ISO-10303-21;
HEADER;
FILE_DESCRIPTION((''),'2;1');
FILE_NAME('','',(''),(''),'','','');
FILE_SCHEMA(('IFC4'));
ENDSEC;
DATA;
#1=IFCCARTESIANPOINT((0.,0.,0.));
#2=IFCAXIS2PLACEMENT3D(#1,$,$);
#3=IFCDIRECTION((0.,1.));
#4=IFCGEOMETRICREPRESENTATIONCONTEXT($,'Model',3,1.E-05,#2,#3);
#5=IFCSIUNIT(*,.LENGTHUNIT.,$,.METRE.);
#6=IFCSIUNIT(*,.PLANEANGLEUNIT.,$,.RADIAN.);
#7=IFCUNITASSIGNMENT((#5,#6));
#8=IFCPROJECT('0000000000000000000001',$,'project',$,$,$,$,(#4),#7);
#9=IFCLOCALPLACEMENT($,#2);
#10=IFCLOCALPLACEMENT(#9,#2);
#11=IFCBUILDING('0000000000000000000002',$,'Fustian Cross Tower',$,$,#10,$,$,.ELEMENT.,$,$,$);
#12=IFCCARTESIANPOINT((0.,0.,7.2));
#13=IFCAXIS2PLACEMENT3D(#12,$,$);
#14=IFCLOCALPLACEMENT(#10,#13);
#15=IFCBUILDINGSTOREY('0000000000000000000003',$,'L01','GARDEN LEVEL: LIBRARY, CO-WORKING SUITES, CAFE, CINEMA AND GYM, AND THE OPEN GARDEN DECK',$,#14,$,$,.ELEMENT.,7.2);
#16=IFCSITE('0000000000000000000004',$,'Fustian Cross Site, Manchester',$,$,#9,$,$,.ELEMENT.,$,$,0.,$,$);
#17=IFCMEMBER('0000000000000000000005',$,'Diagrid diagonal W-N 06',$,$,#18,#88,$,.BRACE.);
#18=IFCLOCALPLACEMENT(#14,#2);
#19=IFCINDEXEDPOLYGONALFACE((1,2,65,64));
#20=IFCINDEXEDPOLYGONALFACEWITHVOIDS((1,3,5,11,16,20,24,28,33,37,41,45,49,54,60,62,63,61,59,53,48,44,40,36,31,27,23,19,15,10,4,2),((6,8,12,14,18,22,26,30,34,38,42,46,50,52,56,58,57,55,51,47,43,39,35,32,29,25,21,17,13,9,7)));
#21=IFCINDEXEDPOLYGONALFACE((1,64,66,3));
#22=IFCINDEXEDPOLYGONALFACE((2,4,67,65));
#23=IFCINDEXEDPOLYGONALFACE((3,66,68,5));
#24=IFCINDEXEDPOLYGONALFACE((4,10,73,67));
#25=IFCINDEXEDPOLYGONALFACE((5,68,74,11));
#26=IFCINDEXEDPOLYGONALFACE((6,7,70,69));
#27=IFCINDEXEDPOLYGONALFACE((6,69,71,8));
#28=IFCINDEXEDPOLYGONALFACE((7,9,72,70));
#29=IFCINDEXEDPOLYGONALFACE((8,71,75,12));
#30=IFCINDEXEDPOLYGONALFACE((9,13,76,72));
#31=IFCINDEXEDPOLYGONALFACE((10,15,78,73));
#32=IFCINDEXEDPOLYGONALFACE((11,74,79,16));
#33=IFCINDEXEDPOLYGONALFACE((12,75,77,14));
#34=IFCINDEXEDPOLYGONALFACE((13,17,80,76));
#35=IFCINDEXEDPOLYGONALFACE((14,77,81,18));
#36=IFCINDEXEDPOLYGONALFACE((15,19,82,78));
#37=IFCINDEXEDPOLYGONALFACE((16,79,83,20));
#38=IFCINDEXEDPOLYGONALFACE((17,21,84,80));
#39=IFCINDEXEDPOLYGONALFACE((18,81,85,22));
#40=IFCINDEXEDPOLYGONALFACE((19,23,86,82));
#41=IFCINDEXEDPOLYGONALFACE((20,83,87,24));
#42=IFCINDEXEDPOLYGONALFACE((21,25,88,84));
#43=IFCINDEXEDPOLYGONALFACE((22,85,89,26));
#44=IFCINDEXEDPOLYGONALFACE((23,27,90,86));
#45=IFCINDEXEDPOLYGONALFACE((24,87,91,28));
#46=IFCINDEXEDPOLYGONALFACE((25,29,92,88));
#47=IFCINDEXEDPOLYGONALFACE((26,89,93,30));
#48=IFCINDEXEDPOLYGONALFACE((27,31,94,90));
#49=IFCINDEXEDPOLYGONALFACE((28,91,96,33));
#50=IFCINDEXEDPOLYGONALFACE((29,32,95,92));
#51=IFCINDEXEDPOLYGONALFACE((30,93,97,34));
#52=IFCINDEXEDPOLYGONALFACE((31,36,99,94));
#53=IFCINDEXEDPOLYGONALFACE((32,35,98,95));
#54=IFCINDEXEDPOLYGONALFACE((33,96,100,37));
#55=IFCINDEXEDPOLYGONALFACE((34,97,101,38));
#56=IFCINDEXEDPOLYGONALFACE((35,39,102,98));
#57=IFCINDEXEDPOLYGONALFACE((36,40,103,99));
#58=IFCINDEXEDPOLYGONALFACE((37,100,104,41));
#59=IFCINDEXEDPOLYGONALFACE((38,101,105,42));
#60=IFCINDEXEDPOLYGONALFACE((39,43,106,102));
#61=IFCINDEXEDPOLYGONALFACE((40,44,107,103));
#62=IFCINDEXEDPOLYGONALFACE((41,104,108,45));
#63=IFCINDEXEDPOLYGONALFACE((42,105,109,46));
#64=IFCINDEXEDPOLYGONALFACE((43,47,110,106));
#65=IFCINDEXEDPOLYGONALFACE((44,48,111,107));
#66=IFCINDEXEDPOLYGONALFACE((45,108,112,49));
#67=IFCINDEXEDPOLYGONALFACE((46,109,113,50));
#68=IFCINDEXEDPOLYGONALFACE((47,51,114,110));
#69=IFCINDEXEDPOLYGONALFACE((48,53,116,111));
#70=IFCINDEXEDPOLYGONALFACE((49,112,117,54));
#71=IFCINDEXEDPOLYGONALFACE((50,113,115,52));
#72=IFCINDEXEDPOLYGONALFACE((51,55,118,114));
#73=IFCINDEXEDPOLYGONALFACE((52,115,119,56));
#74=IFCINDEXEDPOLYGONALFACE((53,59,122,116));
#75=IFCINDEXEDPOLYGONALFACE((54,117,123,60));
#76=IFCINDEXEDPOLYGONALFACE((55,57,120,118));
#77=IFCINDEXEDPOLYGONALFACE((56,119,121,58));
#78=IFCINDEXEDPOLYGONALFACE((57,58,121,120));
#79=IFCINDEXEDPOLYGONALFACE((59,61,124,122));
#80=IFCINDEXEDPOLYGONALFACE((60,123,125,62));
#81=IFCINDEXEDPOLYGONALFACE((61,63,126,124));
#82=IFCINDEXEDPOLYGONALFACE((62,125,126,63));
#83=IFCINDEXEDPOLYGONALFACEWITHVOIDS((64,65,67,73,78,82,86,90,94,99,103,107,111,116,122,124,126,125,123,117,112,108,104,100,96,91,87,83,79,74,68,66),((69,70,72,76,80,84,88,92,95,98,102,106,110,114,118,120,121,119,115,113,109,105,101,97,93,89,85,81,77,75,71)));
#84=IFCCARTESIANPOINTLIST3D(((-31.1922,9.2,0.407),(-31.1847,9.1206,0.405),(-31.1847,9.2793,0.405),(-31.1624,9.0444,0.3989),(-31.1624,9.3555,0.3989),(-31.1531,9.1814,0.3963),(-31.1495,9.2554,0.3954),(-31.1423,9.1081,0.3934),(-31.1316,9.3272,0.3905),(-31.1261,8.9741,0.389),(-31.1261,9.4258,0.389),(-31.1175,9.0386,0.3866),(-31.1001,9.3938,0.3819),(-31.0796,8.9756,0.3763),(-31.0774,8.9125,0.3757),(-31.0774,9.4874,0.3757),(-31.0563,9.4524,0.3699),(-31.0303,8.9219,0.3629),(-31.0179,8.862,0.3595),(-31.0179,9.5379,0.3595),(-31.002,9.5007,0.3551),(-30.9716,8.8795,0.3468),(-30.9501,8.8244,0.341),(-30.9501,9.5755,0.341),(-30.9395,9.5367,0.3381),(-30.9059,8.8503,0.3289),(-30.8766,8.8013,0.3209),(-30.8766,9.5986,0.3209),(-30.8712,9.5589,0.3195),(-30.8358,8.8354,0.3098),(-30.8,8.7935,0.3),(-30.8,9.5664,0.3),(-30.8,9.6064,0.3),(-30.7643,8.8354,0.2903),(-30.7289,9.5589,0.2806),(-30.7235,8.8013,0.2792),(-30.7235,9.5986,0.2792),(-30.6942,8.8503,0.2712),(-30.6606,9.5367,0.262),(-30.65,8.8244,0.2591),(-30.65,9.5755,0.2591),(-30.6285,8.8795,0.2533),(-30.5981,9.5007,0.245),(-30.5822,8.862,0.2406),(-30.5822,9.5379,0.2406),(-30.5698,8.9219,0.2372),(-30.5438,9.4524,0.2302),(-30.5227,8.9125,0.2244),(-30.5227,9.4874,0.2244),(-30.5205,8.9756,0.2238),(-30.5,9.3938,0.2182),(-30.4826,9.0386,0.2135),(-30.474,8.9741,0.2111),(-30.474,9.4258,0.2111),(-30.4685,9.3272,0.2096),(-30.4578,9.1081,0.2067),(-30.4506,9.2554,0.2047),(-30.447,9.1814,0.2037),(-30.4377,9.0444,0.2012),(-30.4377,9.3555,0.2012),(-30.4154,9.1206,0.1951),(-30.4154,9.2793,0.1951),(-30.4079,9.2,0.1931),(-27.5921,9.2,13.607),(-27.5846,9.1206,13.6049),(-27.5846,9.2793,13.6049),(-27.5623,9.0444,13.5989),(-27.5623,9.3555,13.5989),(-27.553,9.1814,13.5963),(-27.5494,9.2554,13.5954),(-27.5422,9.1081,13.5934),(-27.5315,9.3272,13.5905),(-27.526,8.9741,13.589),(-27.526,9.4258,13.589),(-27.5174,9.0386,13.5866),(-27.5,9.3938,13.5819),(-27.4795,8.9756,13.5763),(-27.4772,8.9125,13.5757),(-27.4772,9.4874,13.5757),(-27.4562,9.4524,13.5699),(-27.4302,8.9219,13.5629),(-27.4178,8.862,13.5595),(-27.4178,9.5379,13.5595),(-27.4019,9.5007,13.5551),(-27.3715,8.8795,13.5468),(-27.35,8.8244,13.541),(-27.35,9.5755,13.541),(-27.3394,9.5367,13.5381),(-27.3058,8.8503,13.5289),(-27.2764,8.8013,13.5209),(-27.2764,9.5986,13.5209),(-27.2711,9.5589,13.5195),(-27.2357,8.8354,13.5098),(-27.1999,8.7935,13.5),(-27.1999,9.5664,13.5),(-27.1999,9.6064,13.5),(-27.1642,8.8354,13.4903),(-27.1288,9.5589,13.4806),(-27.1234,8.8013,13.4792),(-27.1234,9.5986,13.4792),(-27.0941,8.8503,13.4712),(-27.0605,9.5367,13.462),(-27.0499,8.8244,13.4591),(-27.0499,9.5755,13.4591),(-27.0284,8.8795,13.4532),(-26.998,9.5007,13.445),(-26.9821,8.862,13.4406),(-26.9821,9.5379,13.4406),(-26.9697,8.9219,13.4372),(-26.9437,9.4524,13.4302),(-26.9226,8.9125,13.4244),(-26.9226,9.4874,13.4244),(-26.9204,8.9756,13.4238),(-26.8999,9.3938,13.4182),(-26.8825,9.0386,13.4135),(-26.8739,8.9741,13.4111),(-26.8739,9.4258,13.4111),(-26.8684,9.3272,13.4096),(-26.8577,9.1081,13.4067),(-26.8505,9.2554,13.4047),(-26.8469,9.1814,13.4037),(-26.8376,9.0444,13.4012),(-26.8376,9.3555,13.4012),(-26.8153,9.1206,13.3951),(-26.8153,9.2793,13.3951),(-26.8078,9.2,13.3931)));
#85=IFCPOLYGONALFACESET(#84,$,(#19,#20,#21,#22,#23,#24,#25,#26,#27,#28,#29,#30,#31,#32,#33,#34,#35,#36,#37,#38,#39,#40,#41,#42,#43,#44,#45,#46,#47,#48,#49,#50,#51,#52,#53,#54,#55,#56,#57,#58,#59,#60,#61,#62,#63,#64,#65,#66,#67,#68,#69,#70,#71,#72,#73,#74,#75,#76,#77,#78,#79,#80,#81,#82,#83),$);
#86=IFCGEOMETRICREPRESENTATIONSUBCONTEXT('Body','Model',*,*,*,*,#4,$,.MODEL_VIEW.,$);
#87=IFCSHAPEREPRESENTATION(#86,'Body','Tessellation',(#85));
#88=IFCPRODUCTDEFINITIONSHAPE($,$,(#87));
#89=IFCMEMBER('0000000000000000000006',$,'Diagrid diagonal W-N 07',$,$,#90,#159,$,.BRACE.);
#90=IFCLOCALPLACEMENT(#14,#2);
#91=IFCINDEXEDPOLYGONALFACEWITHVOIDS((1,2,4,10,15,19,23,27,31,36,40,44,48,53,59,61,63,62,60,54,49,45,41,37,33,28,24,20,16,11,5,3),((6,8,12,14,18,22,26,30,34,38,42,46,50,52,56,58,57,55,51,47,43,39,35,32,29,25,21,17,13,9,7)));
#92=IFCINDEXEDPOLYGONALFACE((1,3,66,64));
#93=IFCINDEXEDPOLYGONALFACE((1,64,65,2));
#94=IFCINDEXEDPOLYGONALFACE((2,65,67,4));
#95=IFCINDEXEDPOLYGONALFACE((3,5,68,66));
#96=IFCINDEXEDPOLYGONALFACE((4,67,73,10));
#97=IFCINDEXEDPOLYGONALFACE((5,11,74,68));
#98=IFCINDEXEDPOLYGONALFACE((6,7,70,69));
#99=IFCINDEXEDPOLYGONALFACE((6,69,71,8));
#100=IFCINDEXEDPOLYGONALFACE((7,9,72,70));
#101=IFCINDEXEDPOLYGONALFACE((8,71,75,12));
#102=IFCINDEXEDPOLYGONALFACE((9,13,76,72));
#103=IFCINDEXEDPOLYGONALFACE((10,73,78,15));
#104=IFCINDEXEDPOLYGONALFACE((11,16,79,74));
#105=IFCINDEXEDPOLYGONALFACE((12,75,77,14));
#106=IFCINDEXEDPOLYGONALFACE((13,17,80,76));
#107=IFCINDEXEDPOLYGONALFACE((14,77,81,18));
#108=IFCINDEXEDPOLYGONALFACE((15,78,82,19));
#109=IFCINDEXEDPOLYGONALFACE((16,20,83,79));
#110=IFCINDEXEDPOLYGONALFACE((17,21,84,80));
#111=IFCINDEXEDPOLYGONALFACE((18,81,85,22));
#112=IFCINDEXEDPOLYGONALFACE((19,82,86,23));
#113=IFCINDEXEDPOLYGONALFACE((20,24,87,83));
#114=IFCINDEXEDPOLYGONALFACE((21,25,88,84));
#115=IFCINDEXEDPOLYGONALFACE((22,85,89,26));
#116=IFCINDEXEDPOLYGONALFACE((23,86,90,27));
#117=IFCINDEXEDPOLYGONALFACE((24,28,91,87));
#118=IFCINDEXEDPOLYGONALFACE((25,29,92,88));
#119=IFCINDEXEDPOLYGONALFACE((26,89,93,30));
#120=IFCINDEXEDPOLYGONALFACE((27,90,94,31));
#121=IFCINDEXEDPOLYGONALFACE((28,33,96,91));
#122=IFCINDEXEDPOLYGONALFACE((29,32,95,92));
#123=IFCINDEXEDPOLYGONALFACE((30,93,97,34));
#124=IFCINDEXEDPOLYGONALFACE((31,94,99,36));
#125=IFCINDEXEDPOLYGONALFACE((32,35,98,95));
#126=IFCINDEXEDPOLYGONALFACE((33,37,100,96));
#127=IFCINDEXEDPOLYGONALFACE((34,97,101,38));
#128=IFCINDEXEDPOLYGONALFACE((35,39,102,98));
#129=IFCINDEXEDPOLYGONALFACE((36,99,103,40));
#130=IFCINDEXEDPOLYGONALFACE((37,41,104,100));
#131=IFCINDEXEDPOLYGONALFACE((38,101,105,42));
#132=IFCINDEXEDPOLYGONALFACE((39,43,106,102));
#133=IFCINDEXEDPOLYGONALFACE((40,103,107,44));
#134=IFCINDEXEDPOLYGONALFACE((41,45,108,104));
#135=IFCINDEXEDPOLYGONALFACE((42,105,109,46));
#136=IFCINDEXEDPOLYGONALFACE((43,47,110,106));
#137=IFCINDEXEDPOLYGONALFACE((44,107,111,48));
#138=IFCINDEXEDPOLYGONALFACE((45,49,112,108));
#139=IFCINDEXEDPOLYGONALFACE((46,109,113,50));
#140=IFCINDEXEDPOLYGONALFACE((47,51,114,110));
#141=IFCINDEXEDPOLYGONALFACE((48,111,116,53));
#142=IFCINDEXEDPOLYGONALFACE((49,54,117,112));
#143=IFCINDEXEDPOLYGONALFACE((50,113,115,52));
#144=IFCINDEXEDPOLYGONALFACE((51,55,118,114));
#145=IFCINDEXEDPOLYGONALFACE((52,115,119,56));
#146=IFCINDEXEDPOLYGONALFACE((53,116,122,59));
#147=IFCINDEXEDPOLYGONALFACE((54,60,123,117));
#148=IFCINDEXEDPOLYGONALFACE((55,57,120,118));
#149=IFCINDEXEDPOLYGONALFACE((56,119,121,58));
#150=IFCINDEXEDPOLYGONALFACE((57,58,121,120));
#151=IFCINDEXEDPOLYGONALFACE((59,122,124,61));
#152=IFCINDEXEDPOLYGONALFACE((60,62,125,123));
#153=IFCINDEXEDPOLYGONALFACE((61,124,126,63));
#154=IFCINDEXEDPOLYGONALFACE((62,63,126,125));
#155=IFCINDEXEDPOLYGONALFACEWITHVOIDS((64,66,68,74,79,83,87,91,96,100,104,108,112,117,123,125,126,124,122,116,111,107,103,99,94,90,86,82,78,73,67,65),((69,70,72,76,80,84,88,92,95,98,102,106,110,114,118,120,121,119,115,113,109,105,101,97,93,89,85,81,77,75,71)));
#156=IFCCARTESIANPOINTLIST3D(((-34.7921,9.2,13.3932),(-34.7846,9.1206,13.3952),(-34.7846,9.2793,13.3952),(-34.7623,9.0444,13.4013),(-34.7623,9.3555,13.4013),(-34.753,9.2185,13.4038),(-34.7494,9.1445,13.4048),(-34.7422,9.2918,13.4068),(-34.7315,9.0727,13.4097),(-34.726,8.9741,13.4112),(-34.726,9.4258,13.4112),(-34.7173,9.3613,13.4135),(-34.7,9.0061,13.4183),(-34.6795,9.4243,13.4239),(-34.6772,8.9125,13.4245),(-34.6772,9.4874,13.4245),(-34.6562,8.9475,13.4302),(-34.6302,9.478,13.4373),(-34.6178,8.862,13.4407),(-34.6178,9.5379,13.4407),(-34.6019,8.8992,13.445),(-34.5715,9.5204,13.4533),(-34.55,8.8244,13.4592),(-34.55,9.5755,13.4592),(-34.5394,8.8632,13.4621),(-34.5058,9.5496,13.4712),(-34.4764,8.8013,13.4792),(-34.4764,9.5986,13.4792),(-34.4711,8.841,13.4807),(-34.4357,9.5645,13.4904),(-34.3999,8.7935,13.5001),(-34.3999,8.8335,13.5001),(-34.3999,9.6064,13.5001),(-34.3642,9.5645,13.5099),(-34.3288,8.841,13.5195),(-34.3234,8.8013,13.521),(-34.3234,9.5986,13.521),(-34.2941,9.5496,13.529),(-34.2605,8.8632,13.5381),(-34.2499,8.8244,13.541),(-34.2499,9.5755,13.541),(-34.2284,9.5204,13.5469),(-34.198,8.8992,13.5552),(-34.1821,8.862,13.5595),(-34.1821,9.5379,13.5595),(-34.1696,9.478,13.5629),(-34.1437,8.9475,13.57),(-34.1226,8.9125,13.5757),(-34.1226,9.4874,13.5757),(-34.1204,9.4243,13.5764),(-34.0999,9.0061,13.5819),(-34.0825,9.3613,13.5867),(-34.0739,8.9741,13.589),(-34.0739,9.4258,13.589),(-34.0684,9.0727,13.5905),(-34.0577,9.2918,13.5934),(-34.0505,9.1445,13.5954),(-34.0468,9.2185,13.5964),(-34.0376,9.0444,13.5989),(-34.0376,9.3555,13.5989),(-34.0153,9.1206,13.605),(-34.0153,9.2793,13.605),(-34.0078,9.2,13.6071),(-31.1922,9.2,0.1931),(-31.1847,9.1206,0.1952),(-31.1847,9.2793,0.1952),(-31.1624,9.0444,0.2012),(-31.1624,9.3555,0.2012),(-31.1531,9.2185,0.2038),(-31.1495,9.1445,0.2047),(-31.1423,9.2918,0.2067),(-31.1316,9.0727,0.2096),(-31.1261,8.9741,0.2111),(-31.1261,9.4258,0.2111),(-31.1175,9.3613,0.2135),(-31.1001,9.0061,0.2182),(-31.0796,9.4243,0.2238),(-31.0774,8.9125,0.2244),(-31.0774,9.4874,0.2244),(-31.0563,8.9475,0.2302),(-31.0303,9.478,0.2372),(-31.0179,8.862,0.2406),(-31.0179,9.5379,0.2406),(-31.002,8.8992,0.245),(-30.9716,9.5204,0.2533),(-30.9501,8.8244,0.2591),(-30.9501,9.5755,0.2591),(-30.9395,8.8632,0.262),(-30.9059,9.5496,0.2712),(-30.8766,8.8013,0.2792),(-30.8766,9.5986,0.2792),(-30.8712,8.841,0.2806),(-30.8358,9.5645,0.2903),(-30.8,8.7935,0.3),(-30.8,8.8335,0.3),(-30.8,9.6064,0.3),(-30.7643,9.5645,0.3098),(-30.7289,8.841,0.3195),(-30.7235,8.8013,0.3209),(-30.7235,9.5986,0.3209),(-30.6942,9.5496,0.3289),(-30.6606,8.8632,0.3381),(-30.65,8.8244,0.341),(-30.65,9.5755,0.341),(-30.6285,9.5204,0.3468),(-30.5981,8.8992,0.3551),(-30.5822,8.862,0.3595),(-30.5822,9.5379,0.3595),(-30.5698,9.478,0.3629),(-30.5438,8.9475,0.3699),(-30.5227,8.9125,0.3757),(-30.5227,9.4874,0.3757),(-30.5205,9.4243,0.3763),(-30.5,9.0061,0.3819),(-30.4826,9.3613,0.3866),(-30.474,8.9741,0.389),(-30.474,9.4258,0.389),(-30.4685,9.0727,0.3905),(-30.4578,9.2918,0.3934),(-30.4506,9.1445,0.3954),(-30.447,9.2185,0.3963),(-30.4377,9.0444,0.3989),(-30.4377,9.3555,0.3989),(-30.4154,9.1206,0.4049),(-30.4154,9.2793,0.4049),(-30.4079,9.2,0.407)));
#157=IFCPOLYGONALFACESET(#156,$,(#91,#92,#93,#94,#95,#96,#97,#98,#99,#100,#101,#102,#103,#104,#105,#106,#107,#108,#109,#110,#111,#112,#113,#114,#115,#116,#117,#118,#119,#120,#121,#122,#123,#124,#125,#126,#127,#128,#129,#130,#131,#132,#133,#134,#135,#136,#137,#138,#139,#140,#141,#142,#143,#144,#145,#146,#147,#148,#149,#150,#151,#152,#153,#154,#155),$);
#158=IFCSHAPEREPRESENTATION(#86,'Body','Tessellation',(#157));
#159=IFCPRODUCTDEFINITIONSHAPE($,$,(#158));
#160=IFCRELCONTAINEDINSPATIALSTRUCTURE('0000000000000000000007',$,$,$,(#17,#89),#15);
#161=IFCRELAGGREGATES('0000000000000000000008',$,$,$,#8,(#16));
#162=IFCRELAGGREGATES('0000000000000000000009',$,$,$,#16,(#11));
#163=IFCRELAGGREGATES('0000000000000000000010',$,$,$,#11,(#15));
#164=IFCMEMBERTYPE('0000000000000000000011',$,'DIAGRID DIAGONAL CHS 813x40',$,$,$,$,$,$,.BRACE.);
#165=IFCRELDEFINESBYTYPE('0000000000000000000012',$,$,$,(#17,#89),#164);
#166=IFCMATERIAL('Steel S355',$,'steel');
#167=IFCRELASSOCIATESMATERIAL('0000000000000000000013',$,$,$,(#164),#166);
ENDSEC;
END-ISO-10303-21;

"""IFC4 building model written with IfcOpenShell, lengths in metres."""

from ifc_helpers import new_model, si_unit, direction, frame, origin, origin_2d, place, context, subcontext, project, spatial, hollow_circle, extrude, material, material_profile, profile_set, type_object, element, save


model = new_model("IFC4")

# Units and contexts
model_context = context("Model", 3, precision=1e-05, world=origin(), true_north=direction((0.0, 1.0)))
body_context = subcontext(model_context, "Body", "Model", "MODEL_VIEW")
ifc_project = project(units=[si_unit("LENGTHUNIT", "METRE"), si_unit("PLANEANGLEUNIT", "RADIAN")], contexts=[model_context])

# Site, building, storey
site_placement = place(None, origin())
site = spatial("IfcSite", under=ifc_project, at=site_placement, Name="Fustian Cross Site, Manchester", CompositionType="ELEMENT", RefElevation=0.0)
building_placement = place(site_placement, origin())
building = spatial("IfcBuilding", under=site, at=building_placement, Name="Fustian Cross Tower", CompositionType="ELEMENT")
storey_placement = place(building_placement, frame((0.0, 0.0, 7.2)))
storey = spatial("IfcBuildingStorey", under=building, at=storey_placement, Name="L01", Description="GARDEN LEVEL: LIBRARY, CO-WORKING SUITES, CAFE, CINEMA AND GYM, AND THE OPEN GARDEN DECK", CompositionType="ELEMENT", Elevation=7.2)

# Members
ifc_material_1 = material(Name="Steel S355", Category="steel")
ifc_material_profile_1 = material_profile(ifc_material_1, hollow_circle(Radius=0.4065, WallThickness=0.04, at=origin_2d()), Name="CHS 813x40")
ifc_profile_set_1 = profile_set([ifc_material_profile_1], Name="Steel S355")
member_type_1 = type_object("IfcMemberType", Name="DIAGRID DIAGONAL CHS 813x40", PredefinedType="BRACE", material=ifc_profile_set_1)
for number, where, z_axis, x_axis, name in (
    (1, (-30.8, 9.2, 0.3), (0.263125, 0.0, 0.964762), (0.0, 1.0, 0.0), "Diagrid diagonal W-N 06"),
    (2, (-30.8, 9.2, 0.3), (-0.263108, 0.0, 0.964766), (0.0, -1.0, 0.0), "Diagrid diagonal W-N 07"),
):
    element("IfcMember", number, at=place(storey_placement, frame(where, z_axis=z_axis, x_axis=x_axis)), inside=storey, type_object=member_type_1, Name=name, PredefinedType="BRACE", context=body_context, shape_type="SweptSolid", body=[
        extrude(hollow_circle(Radius=0.4065, WallThickness=0.04, at=origin_2d()), origin(), (0.0, 0.0, 1.0), 13.6821),
    ])

save(model, "model.ifc")
